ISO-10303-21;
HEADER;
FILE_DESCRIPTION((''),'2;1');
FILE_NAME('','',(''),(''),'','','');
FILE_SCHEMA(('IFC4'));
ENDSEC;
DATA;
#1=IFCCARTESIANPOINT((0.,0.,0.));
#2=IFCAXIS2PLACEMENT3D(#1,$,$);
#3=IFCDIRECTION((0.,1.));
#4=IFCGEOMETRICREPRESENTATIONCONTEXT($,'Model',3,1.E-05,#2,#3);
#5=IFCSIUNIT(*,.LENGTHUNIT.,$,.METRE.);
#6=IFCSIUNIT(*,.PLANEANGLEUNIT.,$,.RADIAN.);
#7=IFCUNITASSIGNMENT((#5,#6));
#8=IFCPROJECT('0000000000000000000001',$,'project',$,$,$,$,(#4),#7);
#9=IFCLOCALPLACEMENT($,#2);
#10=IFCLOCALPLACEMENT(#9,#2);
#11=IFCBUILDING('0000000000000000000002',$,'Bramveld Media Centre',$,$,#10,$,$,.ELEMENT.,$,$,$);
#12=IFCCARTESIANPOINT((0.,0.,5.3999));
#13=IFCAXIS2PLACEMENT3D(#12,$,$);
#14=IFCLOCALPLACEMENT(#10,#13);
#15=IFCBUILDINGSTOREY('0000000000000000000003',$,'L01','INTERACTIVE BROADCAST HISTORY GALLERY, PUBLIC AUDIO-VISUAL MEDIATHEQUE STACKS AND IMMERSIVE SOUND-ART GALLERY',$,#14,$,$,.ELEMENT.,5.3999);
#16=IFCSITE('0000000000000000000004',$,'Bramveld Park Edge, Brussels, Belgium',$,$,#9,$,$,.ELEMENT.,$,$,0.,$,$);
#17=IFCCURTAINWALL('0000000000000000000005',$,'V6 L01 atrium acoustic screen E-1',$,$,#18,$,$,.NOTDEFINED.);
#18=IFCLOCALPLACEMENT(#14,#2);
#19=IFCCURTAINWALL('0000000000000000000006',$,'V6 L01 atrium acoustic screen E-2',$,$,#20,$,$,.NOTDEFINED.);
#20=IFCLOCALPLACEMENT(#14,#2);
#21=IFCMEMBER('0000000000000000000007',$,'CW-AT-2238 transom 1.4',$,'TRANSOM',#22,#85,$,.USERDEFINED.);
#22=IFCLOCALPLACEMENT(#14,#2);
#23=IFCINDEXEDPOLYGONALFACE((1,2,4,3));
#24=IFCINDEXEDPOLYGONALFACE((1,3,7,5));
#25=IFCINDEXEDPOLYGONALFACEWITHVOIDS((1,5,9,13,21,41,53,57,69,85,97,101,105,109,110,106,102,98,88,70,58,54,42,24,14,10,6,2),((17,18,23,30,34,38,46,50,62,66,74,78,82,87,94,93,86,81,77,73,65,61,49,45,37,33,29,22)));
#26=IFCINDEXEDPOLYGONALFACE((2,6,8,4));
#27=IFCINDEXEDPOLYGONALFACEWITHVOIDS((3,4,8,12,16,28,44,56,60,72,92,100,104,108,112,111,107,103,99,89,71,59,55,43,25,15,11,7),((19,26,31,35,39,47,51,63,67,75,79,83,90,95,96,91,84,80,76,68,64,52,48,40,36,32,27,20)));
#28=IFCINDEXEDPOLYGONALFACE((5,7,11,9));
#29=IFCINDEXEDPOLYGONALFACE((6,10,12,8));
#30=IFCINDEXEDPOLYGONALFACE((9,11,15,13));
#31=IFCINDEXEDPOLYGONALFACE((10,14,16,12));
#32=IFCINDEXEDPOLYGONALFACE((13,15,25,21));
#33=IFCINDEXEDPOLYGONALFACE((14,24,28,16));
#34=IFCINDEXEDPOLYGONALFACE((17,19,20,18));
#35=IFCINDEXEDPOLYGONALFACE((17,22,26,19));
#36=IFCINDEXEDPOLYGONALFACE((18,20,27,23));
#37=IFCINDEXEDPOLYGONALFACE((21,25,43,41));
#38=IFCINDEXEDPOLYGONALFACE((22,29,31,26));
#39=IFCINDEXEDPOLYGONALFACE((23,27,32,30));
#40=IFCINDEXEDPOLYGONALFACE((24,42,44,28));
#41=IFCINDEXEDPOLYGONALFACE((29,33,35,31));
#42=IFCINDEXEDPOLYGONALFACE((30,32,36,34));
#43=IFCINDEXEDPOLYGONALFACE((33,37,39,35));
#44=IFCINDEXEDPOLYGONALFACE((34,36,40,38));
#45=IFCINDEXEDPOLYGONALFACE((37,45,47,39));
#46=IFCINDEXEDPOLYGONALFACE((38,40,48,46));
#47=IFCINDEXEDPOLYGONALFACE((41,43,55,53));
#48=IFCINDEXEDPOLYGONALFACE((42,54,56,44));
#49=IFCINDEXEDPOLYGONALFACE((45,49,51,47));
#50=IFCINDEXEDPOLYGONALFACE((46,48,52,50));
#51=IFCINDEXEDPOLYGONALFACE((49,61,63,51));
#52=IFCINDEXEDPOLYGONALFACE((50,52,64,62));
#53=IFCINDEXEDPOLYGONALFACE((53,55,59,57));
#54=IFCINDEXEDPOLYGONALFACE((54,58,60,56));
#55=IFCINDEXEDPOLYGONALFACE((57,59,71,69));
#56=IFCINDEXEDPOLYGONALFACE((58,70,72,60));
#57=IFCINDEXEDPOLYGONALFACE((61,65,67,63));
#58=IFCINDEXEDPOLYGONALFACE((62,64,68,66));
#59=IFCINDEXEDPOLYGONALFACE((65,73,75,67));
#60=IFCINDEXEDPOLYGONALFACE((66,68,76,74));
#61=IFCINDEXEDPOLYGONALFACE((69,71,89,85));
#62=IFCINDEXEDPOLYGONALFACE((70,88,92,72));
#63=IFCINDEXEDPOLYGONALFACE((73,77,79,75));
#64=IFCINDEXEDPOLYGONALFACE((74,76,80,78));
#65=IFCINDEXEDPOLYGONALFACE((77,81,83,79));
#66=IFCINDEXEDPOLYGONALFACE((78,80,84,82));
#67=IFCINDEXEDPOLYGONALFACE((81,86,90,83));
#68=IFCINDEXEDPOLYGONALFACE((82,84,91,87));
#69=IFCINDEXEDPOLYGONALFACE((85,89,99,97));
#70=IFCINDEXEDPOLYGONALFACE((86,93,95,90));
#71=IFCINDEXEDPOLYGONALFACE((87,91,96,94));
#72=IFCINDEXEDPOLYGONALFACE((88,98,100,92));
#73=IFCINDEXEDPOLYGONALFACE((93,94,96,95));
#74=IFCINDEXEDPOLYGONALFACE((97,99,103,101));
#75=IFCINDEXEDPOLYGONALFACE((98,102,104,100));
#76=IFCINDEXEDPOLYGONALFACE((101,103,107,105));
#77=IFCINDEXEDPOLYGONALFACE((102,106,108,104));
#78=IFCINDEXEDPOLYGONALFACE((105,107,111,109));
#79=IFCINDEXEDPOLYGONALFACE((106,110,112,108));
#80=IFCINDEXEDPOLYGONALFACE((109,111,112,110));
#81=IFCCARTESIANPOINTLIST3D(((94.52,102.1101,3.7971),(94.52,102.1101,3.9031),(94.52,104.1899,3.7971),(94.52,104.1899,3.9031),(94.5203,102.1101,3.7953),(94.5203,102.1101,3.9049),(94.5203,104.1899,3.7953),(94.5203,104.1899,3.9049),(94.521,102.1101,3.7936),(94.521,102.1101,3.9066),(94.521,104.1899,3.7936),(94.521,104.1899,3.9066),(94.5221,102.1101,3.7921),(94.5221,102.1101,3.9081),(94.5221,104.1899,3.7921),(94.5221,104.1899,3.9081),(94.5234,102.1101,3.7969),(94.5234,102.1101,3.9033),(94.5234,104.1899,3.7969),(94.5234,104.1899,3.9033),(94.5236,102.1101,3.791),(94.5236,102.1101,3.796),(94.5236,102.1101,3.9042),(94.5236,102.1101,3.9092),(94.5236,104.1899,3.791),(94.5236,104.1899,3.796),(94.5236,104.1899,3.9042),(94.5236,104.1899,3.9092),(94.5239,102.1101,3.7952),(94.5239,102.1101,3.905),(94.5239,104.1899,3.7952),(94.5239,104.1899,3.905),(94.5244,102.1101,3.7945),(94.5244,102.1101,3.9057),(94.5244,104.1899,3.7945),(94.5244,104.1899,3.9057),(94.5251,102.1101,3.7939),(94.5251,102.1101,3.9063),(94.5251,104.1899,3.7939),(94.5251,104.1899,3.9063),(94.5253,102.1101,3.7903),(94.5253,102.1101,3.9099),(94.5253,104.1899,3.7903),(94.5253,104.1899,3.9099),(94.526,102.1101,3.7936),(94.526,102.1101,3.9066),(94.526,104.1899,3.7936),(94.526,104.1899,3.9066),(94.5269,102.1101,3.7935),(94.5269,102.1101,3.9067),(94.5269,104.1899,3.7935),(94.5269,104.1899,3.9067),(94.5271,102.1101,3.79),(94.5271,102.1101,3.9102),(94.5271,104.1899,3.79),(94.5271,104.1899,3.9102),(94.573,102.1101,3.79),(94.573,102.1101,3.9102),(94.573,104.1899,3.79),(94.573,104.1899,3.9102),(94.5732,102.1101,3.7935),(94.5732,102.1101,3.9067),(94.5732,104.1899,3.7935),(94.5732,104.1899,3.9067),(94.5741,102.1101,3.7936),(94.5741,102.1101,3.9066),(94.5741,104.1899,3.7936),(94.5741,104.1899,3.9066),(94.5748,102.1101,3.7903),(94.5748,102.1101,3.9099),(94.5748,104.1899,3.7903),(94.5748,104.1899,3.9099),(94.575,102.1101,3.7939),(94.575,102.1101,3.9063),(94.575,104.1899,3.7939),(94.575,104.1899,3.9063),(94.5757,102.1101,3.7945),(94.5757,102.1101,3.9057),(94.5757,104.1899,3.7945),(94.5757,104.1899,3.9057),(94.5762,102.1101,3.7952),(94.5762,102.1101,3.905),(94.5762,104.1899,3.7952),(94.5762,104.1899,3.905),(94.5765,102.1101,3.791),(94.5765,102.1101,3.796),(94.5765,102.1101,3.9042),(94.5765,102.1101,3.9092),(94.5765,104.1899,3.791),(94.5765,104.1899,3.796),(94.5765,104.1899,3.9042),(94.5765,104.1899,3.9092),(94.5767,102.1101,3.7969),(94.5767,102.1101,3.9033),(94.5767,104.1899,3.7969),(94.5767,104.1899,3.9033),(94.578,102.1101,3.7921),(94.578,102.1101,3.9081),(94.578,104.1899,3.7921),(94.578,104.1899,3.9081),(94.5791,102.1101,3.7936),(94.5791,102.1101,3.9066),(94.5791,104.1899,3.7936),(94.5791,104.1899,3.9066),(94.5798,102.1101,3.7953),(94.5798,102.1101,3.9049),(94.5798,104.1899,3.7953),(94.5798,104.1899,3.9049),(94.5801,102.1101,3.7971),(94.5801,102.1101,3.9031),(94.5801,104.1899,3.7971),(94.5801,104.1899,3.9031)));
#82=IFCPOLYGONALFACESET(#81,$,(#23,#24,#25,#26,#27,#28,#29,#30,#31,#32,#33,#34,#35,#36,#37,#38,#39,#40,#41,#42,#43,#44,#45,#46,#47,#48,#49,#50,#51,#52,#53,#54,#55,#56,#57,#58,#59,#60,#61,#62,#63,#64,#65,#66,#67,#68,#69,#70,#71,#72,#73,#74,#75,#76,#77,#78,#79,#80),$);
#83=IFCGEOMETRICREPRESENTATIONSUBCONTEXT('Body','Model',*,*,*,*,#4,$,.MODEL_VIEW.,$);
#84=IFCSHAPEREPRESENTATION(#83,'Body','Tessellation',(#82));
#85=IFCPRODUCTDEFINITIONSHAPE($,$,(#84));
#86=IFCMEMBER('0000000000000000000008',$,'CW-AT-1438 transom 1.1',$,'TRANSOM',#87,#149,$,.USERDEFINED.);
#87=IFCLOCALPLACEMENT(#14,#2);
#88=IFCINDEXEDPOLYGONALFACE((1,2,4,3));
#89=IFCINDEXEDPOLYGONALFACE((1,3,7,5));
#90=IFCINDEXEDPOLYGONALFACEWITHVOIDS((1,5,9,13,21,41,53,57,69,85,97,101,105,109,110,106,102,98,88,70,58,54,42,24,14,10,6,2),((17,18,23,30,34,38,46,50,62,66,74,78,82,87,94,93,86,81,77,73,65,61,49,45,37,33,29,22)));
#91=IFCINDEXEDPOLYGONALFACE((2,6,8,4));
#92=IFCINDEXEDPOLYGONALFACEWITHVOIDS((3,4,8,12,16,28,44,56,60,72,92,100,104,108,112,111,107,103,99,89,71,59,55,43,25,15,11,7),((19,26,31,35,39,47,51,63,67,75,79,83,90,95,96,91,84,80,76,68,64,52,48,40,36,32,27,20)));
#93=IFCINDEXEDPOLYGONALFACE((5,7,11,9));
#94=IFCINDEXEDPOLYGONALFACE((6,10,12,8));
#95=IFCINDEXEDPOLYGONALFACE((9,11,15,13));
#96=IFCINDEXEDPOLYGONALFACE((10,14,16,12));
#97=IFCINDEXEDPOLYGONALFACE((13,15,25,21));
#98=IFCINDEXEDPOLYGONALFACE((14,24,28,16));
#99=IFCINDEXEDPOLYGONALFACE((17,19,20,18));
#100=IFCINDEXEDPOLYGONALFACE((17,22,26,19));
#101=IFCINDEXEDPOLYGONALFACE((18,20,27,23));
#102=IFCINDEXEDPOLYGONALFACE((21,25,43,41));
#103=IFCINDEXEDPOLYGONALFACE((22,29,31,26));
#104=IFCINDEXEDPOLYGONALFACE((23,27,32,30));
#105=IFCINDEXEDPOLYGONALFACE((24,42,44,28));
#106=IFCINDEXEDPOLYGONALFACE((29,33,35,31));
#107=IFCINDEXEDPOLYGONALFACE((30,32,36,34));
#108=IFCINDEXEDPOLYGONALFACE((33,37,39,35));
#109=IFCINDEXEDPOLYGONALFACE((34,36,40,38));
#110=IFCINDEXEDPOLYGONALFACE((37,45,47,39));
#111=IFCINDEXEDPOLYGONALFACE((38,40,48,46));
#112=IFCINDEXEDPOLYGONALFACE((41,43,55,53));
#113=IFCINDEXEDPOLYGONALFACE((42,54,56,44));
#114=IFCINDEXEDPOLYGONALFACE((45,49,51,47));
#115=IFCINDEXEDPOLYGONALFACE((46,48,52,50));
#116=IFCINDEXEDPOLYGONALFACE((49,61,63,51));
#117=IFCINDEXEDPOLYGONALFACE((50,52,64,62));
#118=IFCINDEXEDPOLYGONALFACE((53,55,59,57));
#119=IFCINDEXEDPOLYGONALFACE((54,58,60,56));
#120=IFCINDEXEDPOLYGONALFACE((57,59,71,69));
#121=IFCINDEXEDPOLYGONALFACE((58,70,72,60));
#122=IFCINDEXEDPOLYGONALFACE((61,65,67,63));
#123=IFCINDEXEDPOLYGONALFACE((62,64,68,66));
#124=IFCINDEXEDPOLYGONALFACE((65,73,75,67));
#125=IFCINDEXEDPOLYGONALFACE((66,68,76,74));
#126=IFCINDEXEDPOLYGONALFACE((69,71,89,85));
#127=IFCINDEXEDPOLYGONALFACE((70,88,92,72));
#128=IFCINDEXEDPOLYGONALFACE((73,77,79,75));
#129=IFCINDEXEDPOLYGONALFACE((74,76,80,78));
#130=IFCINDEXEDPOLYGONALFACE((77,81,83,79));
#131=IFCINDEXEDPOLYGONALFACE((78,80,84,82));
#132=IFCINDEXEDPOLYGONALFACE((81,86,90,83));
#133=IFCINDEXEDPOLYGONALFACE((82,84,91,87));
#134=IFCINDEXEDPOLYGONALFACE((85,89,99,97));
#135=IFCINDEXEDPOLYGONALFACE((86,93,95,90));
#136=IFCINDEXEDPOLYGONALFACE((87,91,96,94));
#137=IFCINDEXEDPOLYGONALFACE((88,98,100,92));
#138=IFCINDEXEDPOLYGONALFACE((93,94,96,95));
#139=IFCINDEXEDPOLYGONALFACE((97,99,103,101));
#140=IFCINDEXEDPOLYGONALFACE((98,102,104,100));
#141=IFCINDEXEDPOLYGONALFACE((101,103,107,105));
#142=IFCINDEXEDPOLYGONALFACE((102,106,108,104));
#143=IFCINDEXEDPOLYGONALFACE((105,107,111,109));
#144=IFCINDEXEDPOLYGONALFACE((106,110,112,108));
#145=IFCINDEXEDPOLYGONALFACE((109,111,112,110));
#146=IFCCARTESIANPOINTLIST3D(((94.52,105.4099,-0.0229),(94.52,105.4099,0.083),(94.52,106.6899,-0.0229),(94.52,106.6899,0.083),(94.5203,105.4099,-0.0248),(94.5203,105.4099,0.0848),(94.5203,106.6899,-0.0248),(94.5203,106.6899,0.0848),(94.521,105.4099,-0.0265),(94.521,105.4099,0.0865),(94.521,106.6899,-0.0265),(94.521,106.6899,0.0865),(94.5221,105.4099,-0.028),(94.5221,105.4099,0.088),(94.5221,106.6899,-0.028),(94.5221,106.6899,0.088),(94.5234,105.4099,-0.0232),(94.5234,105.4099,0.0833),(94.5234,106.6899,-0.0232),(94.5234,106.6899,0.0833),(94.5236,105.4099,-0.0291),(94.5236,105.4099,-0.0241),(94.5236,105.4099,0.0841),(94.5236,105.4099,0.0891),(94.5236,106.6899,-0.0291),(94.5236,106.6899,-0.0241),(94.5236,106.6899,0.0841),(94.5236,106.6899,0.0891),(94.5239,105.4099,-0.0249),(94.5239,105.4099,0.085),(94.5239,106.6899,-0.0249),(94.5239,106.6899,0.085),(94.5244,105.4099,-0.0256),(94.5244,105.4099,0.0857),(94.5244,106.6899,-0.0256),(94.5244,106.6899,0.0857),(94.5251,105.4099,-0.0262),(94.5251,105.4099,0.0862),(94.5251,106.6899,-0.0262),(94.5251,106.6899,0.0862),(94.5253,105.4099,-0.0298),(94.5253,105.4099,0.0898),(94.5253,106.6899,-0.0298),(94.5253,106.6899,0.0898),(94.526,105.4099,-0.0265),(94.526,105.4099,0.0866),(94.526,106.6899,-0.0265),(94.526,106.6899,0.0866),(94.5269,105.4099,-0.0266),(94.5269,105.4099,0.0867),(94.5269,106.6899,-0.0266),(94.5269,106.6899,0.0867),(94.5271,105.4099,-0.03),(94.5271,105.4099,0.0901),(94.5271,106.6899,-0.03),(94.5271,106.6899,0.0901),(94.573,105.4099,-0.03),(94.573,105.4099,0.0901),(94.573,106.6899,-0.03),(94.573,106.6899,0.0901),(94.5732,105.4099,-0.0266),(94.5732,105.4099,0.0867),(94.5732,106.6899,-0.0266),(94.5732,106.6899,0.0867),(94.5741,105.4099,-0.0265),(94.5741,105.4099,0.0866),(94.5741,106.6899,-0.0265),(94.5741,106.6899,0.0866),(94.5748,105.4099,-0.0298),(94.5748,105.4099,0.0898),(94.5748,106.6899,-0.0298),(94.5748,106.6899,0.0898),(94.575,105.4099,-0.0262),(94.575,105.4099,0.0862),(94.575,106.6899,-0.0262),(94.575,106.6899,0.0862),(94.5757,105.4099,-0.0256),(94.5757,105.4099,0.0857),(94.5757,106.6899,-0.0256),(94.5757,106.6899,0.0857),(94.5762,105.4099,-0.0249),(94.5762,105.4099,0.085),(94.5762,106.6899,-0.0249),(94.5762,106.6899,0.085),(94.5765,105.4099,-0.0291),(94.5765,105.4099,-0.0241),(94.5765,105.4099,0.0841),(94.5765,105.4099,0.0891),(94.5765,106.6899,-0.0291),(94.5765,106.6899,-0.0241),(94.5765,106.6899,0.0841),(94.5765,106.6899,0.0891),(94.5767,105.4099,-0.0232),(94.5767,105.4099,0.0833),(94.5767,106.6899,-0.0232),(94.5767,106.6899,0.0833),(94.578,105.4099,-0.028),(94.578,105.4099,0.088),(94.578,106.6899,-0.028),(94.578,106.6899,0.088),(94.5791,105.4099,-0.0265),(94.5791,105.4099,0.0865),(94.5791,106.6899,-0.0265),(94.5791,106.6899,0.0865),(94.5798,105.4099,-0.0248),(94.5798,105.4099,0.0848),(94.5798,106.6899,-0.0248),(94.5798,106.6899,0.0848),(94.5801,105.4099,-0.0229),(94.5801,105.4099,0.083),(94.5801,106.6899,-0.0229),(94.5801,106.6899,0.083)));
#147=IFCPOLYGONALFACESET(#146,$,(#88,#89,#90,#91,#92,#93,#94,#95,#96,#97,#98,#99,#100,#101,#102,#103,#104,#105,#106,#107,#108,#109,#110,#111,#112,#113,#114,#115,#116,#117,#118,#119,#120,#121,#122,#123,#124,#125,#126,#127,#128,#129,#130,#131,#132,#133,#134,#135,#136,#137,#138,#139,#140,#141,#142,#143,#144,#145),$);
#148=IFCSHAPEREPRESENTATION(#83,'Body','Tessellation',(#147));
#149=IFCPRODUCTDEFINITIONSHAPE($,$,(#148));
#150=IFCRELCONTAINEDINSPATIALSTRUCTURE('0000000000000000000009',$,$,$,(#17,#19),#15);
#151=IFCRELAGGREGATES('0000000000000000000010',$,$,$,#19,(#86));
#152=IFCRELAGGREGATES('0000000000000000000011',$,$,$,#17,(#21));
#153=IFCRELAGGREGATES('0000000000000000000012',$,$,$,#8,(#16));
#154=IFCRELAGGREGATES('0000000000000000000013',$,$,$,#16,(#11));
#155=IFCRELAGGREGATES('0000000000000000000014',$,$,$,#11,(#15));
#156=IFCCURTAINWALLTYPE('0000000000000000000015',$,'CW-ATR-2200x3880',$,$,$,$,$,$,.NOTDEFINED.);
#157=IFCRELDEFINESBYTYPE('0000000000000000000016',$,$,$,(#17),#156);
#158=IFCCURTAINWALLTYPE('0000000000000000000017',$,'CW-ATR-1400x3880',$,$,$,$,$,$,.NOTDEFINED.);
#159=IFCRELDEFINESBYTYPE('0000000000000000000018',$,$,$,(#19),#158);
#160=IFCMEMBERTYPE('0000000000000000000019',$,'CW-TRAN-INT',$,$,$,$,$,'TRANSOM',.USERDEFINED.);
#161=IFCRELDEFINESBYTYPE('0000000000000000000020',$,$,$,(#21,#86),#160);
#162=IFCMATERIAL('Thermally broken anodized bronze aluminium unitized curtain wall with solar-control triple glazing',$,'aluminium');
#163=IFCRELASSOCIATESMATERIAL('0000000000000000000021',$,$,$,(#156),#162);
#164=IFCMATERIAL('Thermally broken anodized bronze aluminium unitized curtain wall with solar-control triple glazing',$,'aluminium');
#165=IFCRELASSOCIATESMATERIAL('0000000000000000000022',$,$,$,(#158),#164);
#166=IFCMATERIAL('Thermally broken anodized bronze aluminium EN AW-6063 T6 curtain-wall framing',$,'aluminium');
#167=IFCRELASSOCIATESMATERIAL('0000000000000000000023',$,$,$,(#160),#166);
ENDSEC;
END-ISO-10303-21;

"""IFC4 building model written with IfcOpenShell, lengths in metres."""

from ifc_helpers import new_model, si_unit, direction, frame, origin, origin_2d, place, context, subcontext, project, spatial, hollow_rectangle, extrude, material, material_profile, profile_set, type_object, element, aggregate, save


model = new_model("IFC4")

# Units and contexts
model_context = context("Model", 3, precision=1e-05, world=origin(), true_north=direction((0.0, 1.0)))
body_context = subcontext(model_context, "Body", "Model", "MODEL_VIEW")
ifc_project = project(units=[si_unit("LENGTHUNIT", "METRE"), si_unit("PLANEANGLEUNIT", "RADIAN")], contexts=[model_context])

# Site, building, storey
site_placement = place(None, origin())
site = spatial("IfcSite", under=ifc_project, at=site_placement, Name="Bramveld Park Edge, Brussels, Belgium", CompositionType="ELEMENT", RefElevation=0.0)
building_placement = place(site_placement, origin())
building = spatial("IfcBuilding", under=site, at=building_placement, Name="Bramveld Media Centre", CompositionType="ELEMENT")
storey_placement = place(building_placement, frame((0.0, 0.0, 5.3999)))
storey = spatial("IfcBuildingStorey", under=building, at=storey_placement, Name="L01", Description="INTERACTIVE BROADCAST HISTORY GALLERY, PUBLIC AUDIO-VISUAL MEDIATHEQUE STACKS AND IMMERSIVE SOUND-ART GALLERY", CompositionType="ELEMENT", Elevation=5.3999)

# Curtain wall
ifc_material_1 = material(Name="Thermally broken anodized bronze aluminium unitized curtain wall with solar-control triple glazing", Category="aluminium")
curtain_wall_type_1 = type_object("IfcCurtainWallType", Name="CW-ATR-2200x3880", PredefinedType="NOTDEFINED", material=ifc_material_1)
curtain_wall_1_placement = place(storey_placement, origin())
curtain_wall_1 = element("IfcCurtainWall", 1, at=curtain_wall_1_placement, inside=storey, type_object=curtain_wall_type_1, Name="V6 L01 atrium acoustic screen E-1", PredefinedType="NOTDEFINED")

# Curtain wall
ifc_material_2 = material(Name="Thermally broken anodized bronze aluminium unitized curtain wall with solar-control triple glazing", Category="aluminium")
curtain_wall_type_2 = type_object("IfcCurtainWallType", Name="CW-ATR-1400x3880", PredefinedType="NOTDEFINED", material=ifc_material_2)
curtain_wall_2_placement = place(storey_placement, origin())
curtain_wall_2 = element("IfcCurtainWall", 2, at=curtain_wall_2_placement, inside=storey, type_object=curtain_wall_type_2, Name="V6 L01 atrium acoustic screen E-2", PredefinedType="NOTDEFINED")

# Members
ifc_material_3 = material(Name="Thermally broken anodized bronze aluminium EN AW-6063 T6 curtain-wall framing", Category="aluminium")
ifc_material_profile_1 = material_profile(ifc_material_3, hollow_rectangle(XDim=0.0601, YDim=0.1201, WallThickness=0.0034, InnerFilletRadius=0.0034, OuterFilletRadius=0.0071, at=origin_2d()), Name="AL-TRAN 60x120")
ifc_profile_set_1 = profile_set([ifc_material_profile_1], Name="Thermally broken anodized bronze aluminium EN AW-6063 T6 curtain-wall framing")
member_type_1 = type_object("IfcMemberType", Name="CW-TRAN-INT", ElementType="TRANSOM", PredefinedType="USERDEFINED", material=ifc_profile_set_1)
member_1_placement = place(storey_placement, frame((94.55, 102.1101, 3.8501), z_axis=(0.0, 1.0, 0.0), x_axis=(-1.0, 0.0, 0.0)))
member_1 = element("IfcMember", 3, at=member_1_placement, type_object=member_type_1, Name="CW-AT-2238 transom 1.4", ObjectType="TRANSOM", PredefinedType="USERDEFINED", context=body_context, shape_type="SweptSolid", body=[
    extrude(hollow_rectangle(XDim=0.0601, YDim=0.1201, WallThickness=0.0034, InnerFilletRadius=0.0034, OuterFilletRadius=0.0071, at=origin_2d()), origin(), (0.0, 0.0, 1.0), 2.0798),
])
member_2_placement = place(storey_placement, frame((94.55, 105.4099, 0.03), z_axis=(0.0, 1.0, 0.0), x_axis=(-1.0, 0.0, 0.0)))
member_2 = element("IfcMember", 4, at=member_2_placement, type_object=member_type_1, Name="CW-AT-1438 transom 1.1", ObjectType="TRANSOM", PredefinedType="USERDEFINED", context=body_context, shape_type="SweptSolid", body=[
    extrude(hollow_rectangle(XDim=0.0601, YDim=0.1201, WallThickness=0.0034, InnerFilletRadius=0.0034, OuterFilletRadius=0.0071, at=origin_2d()), origin(), (0.0, 0.0, 1.0), 1.28),
])
aggregate(curtain_wall_2, [member_2])

aggregate(curtain_wall_1, [member_1])

save(model, "model.ifc")
